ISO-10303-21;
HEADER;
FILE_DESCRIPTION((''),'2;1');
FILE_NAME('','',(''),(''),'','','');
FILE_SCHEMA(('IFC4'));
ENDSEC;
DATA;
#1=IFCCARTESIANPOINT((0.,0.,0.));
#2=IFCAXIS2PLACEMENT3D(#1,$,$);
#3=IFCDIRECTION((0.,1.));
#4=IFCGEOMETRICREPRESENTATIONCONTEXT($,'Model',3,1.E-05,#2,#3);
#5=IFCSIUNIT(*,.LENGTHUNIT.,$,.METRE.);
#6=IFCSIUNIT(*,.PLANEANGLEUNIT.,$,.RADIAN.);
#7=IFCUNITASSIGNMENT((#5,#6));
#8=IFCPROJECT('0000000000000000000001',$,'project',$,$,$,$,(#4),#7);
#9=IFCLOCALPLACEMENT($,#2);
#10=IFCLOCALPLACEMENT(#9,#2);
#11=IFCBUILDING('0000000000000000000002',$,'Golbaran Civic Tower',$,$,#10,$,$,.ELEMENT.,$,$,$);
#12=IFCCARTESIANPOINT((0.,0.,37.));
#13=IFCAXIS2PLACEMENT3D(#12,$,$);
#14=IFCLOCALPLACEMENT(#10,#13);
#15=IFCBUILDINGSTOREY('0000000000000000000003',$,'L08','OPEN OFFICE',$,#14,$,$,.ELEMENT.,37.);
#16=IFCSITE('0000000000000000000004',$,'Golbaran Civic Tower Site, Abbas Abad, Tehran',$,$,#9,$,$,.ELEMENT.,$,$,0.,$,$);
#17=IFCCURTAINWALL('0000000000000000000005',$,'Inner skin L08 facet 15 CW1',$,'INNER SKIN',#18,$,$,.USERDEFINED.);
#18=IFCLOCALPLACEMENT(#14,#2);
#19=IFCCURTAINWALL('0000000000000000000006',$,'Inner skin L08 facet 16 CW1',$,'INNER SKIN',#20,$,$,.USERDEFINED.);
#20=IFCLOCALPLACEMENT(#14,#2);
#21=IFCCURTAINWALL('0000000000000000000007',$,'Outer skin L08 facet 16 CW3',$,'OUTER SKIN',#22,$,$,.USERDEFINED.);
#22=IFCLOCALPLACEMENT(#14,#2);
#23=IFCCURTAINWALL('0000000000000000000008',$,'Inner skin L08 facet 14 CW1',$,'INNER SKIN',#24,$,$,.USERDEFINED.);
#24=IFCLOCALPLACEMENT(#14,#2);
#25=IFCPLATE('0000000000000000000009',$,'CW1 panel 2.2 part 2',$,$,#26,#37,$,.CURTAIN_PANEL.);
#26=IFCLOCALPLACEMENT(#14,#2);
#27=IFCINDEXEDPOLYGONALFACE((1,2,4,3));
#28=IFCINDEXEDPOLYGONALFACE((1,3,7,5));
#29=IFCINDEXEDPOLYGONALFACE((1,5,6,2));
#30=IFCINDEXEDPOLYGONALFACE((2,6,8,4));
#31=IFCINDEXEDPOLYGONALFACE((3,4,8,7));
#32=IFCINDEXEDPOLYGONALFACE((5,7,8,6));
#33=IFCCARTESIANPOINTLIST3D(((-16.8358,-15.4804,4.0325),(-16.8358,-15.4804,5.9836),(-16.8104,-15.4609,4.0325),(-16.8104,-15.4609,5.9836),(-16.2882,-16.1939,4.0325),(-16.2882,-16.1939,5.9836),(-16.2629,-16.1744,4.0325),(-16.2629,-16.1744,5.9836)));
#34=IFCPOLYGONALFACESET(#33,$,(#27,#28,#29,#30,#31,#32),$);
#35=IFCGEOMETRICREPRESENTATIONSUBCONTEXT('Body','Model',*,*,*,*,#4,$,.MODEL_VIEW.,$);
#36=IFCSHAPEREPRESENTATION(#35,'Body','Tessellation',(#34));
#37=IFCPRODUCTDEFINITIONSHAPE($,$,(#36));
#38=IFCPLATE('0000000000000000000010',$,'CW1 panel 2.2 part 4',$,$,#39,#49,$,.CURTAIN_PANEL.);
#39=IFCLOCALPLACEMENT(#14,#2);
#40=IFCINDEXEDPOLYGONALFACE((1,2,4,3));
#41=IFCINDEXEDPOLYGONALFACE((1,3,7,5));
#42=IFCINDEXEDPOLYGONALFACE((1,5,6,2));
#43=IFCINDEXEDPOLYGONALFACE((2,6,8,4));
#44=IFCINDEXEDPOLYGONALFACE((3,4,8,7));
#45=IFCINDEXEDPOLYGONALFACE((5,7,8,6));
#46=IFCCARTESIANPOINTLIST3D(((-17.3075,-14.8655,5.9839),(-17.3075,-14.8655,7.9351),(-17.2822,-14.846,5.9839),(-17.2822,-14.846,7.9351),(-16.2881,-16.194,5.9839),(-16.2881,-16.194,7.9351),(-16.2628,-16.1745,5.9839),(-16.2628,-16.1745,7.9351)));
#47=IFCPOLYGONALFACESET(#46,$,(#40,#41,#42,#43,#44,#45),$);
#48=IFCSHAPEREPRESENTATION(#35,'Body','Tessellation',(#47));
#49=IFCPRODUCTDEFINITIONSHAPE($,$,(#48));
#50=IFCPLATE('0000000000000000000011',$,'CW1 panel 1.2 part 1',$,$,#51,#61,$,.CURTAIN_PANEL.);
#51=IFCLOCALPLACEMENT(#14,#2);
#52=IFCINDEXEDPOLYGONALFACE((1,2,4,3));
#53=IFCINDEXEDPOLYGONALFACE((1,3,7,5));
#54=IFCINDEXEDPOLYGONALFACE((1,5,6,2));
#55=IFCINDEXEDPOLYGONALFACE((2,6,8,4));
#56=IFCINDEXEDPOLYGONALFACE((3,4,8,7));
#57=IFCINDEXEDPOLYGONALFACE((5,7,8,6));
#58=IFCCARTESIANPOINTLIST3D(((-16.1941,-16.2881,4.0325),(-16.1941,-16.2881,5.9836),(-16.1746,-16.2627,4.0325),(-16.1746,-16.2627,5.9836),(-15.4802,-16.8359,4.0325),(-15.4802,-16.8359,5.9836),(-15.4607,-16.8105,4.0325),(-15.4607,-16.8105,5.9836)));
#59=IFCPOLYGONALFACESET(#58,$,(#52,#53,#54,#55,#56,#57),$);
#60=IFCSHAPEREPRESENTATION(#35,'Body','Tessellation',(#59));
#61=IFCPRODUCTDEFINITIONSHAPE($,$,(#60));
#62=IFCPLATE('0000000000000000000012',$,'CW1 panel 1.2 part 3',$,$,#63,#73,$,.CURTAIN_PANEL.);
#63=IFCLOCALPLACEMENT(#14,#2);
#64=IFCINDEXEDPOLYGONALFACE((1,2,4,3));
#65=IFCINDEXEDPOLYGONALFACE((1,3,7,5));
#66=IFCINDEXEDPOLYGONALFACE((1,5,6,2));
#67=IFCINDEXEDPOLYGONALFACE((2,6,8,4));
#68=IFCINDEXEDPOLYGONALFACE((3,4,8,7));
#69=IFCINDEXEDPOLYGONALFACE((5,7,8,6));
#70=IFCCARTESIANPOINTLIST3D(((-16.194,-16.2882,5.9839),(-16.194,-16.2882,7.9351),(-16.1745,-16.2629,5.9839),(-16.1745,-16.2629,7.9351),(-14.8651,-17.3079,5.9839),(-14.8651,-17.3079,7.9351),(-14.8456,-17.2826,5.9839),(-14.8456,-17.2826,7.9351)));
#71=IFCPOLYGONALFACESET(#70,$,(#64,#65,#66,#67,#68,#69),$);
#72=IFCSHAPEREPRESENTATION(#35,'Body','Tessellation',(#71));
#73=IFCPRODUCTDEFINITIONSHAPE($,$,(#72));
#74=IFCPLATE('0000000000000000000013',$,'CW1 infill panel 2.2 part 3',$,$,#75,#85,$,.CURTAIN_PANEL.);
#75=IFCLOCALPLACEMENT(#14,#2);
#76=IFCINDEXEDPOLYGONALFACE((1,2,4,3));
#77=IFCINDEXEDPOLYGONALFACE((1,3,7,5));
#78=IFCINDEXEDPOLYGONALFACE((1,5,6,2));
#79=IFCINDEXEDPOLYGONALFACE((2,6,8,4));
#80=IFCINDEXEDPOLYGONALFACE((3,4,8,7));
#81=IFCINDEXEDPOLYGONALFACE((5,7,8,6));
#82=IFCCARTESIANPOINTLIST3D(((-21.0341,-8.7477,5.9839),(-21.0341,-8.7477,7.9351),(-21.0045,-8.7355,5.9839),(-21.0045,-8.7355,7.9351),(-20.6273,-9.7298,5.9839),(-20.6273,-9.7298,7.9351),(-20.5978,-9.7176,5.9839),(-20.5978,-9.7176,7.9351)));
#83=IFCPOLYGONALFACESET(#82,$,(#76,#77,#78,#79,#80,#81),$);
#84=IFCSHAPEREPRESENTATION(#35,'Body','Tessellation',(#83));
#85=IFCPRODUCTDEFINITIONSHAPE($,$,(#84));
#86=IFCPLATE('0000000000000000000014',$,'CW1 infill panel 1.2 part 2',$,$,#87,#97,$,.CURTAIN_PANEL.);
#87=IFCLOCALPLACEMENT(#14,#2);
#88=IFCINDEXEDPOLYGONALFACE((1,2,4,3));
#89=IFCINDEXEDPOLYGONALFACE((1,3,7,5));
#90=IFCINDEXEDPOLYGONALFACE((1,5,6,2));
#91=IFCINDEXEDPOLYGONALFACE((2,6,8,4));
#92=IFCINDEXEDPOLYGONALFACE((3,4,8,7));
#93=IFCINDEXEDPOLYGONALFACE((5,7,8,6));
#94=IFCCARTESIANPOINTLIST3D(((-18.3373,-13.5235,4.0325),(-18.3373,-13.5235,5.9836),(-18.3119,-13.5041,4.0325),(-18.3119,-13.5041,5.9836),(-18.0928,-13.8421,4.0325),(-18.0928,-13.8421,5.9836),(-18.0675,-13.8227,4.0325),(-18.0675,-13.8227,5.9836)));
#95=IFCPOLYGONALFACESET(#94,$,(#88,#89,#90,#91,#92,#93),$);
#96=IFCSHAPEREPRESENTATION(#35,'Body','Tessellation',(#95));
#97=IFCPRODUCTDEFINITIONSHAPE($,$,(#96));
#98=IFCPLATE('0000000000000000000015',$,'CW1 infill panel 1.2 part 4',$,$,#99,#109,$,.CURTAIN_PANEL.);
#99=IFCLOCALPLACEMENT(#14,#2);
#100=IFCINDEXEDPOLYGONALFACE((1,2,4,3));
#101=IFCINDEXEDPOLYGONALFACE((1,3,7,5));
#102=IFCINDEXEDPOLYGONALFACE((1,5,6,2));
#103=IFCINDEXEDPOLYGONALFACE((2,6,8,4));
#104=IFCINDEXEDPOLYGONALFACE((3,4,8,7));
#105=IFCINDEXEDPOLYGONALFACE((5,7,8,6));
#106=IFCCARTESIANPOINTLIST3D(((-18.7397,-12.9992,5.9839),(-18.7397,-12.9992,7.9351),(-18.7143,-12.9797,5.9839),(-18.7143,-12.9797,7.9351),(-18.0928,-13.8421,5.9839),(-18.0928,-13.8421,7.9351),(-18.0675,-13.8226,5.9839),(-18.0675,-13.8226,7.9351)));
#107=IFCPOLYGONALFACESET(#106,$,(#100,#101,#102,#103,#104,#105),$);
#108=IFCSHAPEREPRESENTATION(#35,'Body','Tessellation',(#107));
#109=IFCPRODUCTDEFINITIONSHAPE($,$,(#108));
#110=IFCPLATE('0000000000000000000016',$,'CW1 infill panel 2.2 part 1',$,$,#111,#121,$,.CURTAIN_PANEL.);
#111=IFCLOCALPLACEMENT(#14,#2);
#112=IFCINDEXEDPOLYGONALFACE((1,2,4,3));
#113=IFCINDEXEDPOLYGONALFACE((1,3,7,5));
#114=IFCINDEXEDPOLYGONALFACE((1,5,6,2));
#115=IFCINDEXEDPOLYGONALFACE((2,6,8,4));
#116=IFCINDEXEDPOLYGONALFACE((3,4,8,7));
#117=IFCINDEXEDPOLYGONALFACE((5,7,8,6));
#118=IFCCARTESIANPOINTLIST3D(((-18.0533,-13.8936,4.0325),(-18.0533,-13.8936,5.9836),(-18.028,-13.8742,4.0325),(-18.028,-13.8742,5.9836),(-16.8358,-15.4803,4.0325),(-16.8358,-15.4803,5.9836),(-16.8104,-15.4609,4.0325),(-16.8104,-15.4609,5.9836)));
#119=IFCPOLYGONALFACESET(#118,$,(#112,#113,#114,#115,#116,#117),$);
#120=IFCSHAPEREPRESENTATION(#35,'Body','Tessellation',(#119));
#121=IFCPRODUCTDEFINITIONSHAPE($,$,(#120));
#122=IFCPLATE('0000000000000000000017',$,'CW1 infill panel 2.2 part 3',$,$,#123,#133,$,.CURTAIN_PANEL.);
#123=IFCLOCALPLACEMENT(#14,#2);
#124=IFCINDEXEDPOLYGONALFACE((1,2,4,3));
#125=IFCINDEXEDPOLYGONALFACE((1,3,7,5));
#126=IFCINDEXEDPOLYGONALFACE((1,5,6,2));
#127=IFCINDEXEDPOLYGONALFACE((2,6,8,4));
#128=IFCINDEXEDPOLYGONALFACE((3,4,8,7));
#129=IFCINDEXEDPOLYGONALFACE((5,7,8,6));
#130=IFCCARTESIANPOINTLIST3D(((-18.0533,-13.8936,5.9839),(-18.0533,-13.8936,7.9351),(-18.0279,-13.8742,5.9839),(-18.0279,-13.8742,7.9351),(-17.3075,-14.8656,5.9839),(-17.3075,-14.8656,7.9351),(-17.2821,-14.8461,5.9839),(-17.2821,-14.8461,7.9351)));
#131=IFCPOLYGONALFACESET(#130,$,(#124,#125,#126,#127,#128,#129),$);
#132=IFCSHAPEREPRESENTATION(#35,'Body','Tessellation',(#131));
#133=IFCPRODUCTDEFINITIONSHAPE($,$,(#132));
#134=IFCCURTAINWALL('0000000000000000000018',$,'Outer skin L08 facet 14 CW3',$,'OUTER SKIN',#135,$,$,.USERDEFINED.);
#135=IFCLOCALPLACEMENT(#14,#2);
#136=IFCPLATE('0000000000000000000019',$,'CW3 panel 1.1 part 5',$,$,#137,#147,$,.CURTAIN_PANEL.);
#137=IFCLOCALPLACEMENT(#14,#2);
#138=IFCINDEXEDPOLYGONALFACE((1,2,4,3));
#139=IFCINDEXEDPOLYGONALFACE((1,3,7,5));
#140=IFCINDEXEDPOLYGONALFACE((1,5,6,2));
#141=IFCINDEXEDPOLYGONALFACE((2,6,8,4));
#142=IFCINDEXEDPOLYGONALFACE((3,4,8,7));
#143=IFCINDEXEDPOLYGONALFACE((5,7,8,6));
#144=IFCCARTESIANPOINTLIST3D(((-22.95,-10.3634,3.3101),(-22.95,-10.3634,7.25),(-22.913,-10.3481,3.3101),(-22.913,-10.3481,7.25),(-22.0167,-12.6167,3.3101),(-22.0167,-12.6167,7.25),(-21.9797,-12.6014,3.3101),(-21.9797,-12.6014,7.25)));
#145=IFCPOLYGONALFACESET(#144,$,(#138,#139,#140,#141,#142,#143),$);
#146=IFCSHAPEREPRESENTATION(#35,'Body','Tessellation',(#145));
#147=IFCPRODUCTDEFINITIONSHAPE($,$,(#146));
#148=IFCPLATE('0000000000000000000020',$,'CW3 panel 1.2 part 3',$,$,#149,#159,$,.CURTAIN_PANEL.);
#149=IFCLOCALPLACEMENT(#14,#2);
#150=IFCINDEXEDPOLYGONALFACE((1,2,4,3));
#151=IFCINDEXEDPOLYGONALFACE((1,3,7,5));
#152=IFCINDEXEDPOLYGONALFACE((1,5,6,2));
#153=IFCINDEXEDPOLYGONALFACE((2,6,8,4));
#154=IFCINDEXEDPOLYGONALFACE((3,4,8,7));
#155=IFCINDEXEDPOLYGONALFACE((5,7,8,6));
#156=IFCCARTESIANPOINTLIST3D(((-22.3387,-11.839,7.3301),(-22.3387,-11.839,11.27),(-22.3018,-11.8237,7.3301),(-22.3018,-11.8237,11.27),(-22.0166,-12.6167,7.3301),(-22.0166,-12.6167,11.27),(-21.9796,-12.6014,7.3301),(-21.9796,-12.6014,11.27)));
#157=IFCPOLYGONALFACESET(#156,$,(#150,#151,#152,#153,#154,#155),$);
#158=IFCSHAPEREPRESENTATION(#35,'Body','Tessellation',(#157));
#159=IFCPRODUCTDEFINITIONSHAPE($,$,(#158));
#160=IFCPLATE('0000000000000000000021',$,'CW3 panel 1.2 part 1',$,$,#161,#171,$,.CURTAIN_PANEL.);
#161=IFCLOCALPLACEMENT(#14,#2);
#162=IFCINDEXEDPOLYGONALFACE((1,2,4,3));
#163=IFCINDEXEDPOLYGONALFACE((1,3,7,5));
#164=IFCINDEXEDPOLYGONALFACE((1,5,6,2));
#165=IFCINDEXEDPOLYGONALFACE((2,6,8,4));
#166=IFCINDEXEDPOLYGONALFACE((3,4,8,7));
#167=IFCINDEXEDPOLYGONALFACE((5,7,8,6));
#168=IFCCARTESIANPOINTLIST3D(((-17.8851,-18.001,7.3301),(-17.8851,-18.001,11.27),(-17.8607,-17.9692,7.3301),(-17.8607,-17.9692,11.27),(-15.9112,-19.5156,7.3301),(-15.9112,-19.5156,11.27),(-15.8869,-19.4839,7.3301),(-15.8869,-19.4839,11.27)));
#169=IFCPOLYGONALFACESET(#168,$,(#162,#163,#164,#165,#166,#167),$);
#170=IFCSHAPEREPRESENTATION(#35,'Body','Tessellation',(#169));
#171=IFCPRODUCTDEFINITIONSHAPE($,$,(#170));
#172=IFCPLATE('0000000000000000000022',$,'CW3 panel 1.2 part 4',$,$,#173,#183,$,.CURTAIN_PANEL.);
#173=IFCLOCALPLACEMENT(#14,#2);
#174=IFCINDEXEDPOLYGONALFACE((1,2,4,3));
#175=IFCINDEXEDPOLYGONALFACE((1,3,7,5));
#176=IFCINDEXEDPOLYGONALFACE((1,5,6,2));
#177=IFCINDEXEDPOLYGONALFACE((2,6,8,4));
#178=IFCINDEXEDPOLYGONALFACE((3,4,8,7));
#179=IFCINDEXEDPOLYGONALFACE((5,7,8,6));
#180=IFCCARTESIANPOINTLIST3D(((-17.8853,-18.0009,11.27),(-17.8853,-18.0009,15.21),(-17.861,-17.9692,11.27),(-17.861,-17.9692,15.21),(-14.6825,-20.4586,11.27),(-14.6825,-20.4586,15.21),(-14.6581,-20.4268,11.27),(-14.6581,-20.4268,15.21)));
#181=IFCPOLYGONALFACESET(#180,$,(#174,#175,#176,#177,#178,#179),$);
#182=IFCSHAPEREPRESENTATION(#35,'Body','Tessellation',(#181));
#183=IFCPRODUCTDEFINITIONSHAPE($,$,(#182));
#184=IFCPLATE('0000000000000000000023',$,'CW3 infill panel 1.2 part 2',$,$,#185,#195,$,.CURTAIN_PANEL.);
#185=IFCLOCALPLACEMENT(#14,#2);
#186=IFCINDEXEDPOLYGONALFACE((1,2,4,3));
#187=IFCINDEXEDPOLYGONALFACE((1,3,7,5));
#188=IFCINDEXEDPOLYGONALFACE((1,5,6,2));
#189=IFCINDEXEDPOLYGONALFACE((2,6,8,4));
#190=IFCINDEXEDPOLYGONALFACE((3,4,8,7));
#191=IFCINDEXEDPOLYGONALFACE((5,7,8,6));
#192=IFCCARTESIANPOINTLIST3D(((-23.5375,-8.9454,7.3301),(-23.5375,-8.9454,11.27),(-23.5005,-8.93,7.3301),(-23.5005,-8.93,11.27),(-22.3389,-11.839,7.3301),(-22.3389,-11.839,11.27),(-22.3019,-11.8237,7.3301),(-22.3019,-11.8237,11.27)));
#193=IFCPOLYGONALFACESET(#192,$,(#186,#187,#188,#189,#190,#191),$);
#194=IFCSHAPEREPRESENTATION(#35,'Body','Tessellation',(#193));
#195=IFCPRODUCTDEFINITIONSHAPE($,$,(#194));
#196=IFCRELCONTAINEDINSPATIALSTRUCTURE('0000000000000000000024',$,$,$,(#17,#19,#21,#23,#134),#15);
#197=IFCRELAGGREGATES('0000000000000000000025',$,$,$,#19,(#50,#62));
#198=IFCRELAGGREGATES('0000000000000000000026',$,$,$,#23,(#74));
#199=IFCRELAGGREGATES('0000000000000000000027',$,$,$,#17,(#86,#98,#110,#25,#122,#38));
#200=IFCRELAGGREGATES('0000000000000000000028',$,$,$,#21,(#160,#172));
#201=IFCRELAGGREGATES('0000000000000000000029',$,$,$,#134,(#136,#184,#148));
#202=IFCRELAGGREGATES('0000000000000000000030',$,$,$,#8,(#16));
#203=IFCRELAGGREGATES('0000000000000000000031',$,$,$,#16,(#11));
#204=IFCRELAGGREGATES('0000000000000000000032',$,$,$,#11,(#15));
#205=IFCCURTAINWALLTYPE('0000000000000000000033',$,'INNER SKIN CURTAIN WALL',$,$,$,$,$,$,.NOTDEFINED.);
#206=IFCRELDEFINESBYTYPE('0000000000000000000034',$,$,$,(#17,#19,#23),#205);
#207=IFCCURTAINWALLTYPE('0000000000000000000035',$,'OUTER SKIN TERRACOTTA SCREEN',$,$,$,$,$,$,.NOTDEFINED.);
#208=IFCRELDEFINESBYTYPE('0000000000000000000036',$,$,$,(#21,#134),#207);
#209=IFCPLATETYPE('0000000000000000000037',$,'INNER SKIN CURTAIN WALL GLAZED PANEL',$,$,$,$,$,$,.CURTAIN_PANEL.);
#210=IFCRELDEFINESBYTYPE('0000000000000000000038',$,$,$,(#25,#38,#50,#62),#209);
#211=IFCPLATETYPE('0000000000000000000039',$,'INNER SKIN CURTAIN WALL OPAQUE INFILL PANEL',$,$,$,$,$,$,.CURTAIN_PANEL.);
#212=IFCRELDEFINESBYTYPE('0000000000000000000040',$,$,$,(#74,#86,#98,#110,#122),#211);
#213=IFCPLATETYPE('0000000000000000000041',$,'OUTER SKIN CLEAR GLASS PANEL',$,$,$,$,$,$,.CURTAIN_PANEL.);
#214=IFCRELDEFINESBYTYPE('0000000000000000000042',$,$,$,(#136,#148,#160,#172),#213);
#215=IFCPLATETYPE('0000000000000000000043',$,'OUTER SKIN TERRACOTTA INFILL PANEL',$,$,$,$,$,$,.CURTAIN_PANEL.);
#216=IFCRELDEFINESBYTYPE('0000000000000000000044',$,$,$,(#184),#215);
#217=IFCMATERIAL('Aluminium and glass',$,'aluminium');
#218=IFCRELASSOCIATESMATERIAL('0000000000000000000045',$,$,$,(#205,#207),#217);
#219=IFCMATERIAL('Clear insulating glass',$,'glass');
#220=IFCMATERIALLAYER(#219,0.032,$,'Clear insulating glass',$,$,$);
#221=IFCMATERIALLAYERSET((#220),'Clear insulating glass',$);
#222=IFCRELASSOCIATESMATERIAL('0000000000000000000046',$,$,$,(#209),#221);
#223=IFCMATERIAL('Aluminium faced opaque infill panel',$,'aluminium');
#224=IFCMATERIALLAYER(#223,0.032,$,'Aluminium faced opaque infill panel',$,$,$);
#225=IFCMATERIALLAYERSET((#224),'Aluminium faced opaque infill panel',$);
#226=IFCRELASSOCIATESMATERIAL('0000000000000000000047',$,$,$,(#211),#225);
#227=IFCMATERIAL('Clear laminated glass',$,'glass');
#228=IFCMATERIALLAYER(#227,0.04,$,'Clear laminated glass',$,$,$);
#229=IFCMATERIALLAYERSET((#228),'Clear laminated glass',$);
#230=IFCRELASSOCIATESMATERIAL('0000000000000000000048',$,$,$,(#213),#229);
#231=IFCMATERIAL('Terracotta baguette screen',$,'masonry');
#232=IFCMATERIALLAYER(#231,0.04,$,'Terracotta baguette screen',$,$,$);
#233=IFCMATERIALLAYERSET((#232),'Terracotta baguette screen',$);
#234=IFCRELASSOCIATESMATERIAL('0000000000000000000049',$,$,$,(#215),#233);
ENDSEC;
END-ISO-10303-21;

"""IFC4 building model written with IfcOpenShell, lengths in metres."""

from ifc_helpers import new_model, si_unit, direction, frame, origin, origin_2d, place, context, subcontext, project, spatial, rectangle, extrude, material, layer, layer_set, type_object, element, aggregate, save


model = new_model("IFC4")

# Units and contexts
model_context = context("Model", 3, precision=1e-05, world=origin(), true_north=direction((0.0, 1.0)))
body_context = subcontext(model_context, "Body", "Model", "MODEL_VIEW")
ifc_project = project(units=[si_unit("LENGTHUNIT", "METRE"), si_unit("PLANEANGLEUNIT", "RADIAN")], contexts=[model_context])

# Site, building, storey
site_placement = place(None, origin())
site = spatial("IfcSite", under=ifc_project, at=site_placement, Name="Golbaran Civic Tower Site, Abbas Abad, Tehran", CompositionType="ELEMENT", RefElevation=0.0)
building_placement = place(site_placement, origin())
building = spatial("IfcBuilding", under=site, at=building_placement, Name="Golbaran Civic Tower", CompositionType="ELEMENT")
storey_placement = place(building_placement, frame((0.0, 0.0, 37.0)))
storey = spatial("IfcBuildingStorey", under=building, at=storey_placement, Name="L08", Description="OPEN OFFICE", CompositionType="ELEMENT", Elevation=37.0)

# Curtain walls
ifc_material_1 = material(Name="Aluminium and glass", Category="aluminium")
curtain_wall_type_1 = type_object("IfcCurtainWallType", Name="INNER SKIN CURTAIN WALL", PredefinedType="NOTDEFINED", material=ifc_material_1)
curtain_wall_1_placement = place(storey_placement, origin())
curtain_wall_1 = element("IfcCurtainWall", 1, at=curtain_wall_1_placement, inside=storey, type_object=curtain_wall_type_1, Name="Inner skin L08 facet 15 CW1", ObjectType="INNER SKIN", PredefinedType="USERDEFINED")
curtain_wall_2_placement = place(storey_placement, origin())
curtain_wall_2 = element("IfcCurtainWall", 2, at=curtain_wall_2_placement, inside=storey, type_object=curtain_wall_type_1, Name="Inner skin L08 facet 16 CW1", ObjectType="INNER SKIN", PredefinedType="USERDEFINED")
curtain_wall_type_2 = type_object("IfcCurtainWallType", Name="OUTER SKIN TERRACOTTA SCREEN", PredefinedType="NOTDEFINED", material=ifc_material_1)
curtain_wall_3_placement = place(storey_placement, origin())
curtain_wall_3 = element("IfcCurtainWall", 3, at=curtain_wall_3_placement, inside=storey, type_object=curtain_wall_type_2, Name="Outer skin L08 facet 16 CW3", ObjectType="OUTER SKIN", PredefinedType="USERDEFINED")

# Curtain wall
curtain_wall_4_placement = place(storey_placement, origin())
curtain_wall_4 = element("IfcCurtainWall", 4, at=curtain_wall_4_placement, inside=storey, type_object=curtain_wall_type_1, Name="Inner skin L08 facet 14 CW1", ObjectType="INNER SKIN", PredefinedType="USERDEFINED")
ifc_material_2 = material(Name="Clear insulating glass", Category="glass")
ifc_layer_1 = layer(ifc_material_2, 0.032, Name="Clear insulating glass")
ifc_layer_set_1 = layer_set([ifc_layer_1], Name="Clear insulating glass")
plate_type_1 = type_object("IfcPlateType", Name="INNER SKIN CURTAIN WALL GLAZED PANEL", PredefinedType="CURTAIN_PANEL", material=ifc_layer_set_1)

# Plates
plate_1_placement = place(storey_placement, frame((-16.5493, -15.8274, 4.0325), z_axis=(0.0, 0.0, 1.0), x_axis=(0.608761, -0.793353, 0.0)))
plate_1 = element("IfcPlate", 5, at=plate_1_placement, type_object=plate_type_1, Name="CW1 panel 2.2 part 2", PredefinedType="CURTAIN_PANEL", context=body_context, shape_type="SweptSolid", body=[
    extrude(rectangle(XDim=0.8994, YDim=0.032, at=origin_2d()), origin(), (0.0, 0.0, 1.0), 1.9512),
])
plate_2_placement = place(storey_placement, frame((-16.7852, -15.52, 5.9839), z_axis=(0.0, 0.0, 1.0), x_axis=(0.608761, -0.793353, 0.0)))
plate_2 = element("IfcPlate", 6, at=plate_2_placement, type_object=plate_type_1, Name="CW1 panel 2.2 part 4", PredefinedType="CURTAIN_PANEL", context=body_context, shape_type="SweptSolid", body=[
    extrude(rectangle(XDim=1.6746, YDim=0.032, at=origin_2d()), origin(), (0.0, 0.0, 1.0), 1.9512),
])
plate_3_placement = place(storey_placement, frame((-15.8274, -16.5493, 4.0325), z_axis=(0.0, 0.0, 1.0), x_axis=(0.793353, -0.608761, 0.0)))
plate_3 = element("IfcPlate", 7, at=plate_3_placement, type_object=plate_type_1, Name="CW1 panel 1.2 part 1", PredefinedType="CURTAIN_PANEL", context=body_context, shape_type="SweptSolid", body=[
    extrude(rectangle(XDim=0.8999, YDim=0.032, at=origin_2d()), origin(), (0.0, 0.0, 1.0), 1.9512),
])
plate_4_placement = place(storey_placement, frame((-15.5198, -16.7854, 5.9839), z_axis=(0.0, 0.0, 1.0), x_axis=(0.793353, -0.608761, 0.0)))
plate_4 = element("IfcPlate", 8, at=plate_4_placement, type_object=plate_type_1, Name="CW1 panel 1.2 part 3", PredefinedType="CURTAIN_PANEL", context=body_context, shape_type="SweptSolid", body=[
    extrude(rectangle(XDim=1.675, YDim=0.032, at=origin_2d()), origin(), (0.0, 0.0, 1.0), 1.9512),
])
aggregate(curtain_wall_2, [plate_3, plate_4])
ifc_material_3 = material(Name="Aluminium faced opaque infill panel", Category="aluminium")
ifc_layer_2 = layer(ifc_material_3, 0.032, Name="Aluminium faced opaque infill panel")
ifc_layer_set_2 = layer_set([ifc_layer_2], Name="Aluminium faced opaque infill panel")
plate_type_2 = type_object("IfcPlateType", Name="INNER SKIN CURTAIN WALL OPAQUE INFILL PANEL", PredefinedType="CURTAIN_PANEL", material=ifc_layer_set_2)
plate_5_placement = place(storey_placement, frame((-20.8159, -9.2327, 5.9839), z_axis=(0.0, 0.0, 1.0), x_axis=(0.382683, -0.92388, 0.0)))
plate_5 = element("IfcPlate", 9, at=plate_5_placement, type_object=plate_type_2, Name="CW1 infill panel 2.2 part 3", PredefinedType="CURTAIN_PANEL", context=body_context, shape_type="SweptSolid", body=[
    extrude(rectangle(XDim=1.063, YDim=0.032, at=origin_2d()), origin(), (0.0, 0.0, 1.0), 1.9512),
])
aggregate(curtain_wall_4, [plate_5])
plate_6_placement = place(storey_placement, frame((-18.2024, -13.6731, 4.0325), z_axis=(0.0, 0.0, 1.0), x_axis=(0.608761, -0.793353, 0.0)))
plate_6 = element("IfcPlate", 10, at=plate_6_placement, type_object=plate_type_2, Name="CW1 infill panel 1.2 part 2", PredefinedType="CURTAIN_PANEL", context=body_context, shape_type="SweptSolid", body=[
    extrude(rectangle(XDim=0.4016, YDim=0.032, at=origin_2d()), origin(), (0.0, 0.0, 1.0), 1.9512),
])
plate_7_placement = place(storey_placement, frame((-18.4036, -13.4109, 5.9839), z_axis=(0.0, 0.0, 1.0), x_axis=(0.608761, -0.793353, 0.0)))
plate_7 = element("IfcPlate", 11, at=plate_7_placement, type_object=plate_type_2, Name="CW1 infill panel 1.2 part 4", PredefinedType="CURTAIN_PANEL", context=body_context, shape_type="SweptSolid", body=[
    extrude(rectangle(XDim=1.0625, YDim=0.032, at=origin_2d()), origin(), (0.0, 0.0, 1.0), 1.9512),
])
plate_8_placement = place(storey_placement, frame((-17.4319, -14.6772, 4.0325), z_axis=(0.0, 0.0, 1.0), x_axis=(0.608761, -0.793353, 0.0)))
plate_8 = element("IfcPlate", 12, at=plate_8_placement, type_object=plate_type_2, Name="CW1 infill panel 2.2 part 1", PredefinedType="CURTAIN_PANEL", context=body_context, shape_type="SweptSolid", body=[
    extrude(rectangle(XDim=2.0, YDim=0.032, at=origin_2d()), origin(), (0.0, 0.0, 1.0), 1.9512),
])
plate_9_placement = place(storey_placement, frame((-17.6677, -14.3699, 5.9839), z_axis=(0.0, 0.0, 1.0), x_axis=(0.608761, -0.793353, 0.0)))
plate_9 = element("IfcPlate", 13, at=plate_9_placement, type_object=plate_type_2, Name="CW1 infill panel 2.2 part 3", PredefinedType="CURTAIN_PANEL", context=body_context, shape_type="SweptSolid", body=[
    extrude(rectangle(XDim=1.2251, YDim=0.032, at=origin_2d()), origin(), (0.0, 0.0, 1.0), 1.9512),
])
aggregate(curtain_wall_1, [plate_6, plate_7, plate_8, plate_1, plate_9, plate_2])

# Curtain wall, plates
curtain_wall_5_placement = place(storey_placement, origin())
curtain_wall_5 = element("IfcCurtainWall", 14, at=curtain_wall_5_placement, inside=storey, type_object=curtain_wall_type_2, Name="Outer skin L08 facet 14 CW3", ObjectType="OUTER SKIN", PredefinedType="USERDEFINED")
ifc_material_4 = material(Name="Clear laminated glass", Category="glass")
ifc_layer_3 = layer(ifc_material_4, 0.04, Name="Clear laminated glass")
ifc_layer_set_3 = layer_set([ifc_layer_3], Name="Clear laminated glass")
plate_type_3 = type_object("IfcPlateType", Name="OUTER SKIN CLEAR GLASS PANEL", PredefinedType="CURTAIN_PANEL", material=ifc_layer_set_3)
plate_10_placement = place(storey_placement, frame((-22.4648, -11.4824, 3.3101), z_axis=(0.0, 0.0, 1.0), x_axis=(0.382683, -0.92388, 0.0)))
plate_10 = element("IfcPlate", 15, at=plate_10_placement, type_object=plate_type_3, Name="CW3 panel 1.1 part 5", PredefinedType="CURTAIN_PANEL", context=body_context, shape_type="SweptSolid", body=[
    extrude(rectangle(XDim=2.439, YDim=0.04, at=origin_2d()), origin(), (0.0, 0.0, 1.0), 3.9399),
])
plate_11_placement = place(storey_placement, frame((-22.1592, -12.2202, 7.3301), z_axis=(0.0, 0.0, 1.0), x_axis=(0.382683, -0.92388, 0.0)))
plate_11 = element("IfcPlate", 16, at=plate_11_placement, type_object=plate_type_3, Name="CW3 panel 1.2 part 3", PredefinedType="CURTAIN_PANEL", context=body_context, shape_type="SweptSolid", body=[
    extrude(rectangle(XDim=0.8418, YDim=0.04, at=origin_2d()), origin(), (0.0, 0.0, 1.0), 3.9399),
])

# Plates
plate_12_placement = place(storey_placement, frame((-16.886, -18.7424, 7.3301), z_axis=(0.0, 0.0, 1.0), x_axis=(0.793353, -0.608761, 0.0)))
plate_12 = element("IfcPlate", 17, at=plate_12_placement, type_object=plate_type_3, Name="CW3 panel 1.2 part 1", PredefinedType="CURTAIN_PANEL", context=body_context, shape_type="SweptSolid", body=[
    extrude(rectangle(XDim=2.488, YDim=0.04, at=origin_2d()), origin(), (0.0, 0.0, 1.0), 3.9399),
])
plate_13_placement = place(storey_placement, frame((-16.2717, -19.2139, 11.27), z_axis=(0.0, 0.0, 1.0), x_axis=(0.793353, -0.608761, 0.0)))
plate_13 = element("IfcPlate", 18, at=plate_13_placement, type_object=plate_type_3, Name="CW3 panel 1.2 part 4", PredefinedType="CURTAIN_PANEL", context=body_context, shape_type="SweptSolid", body=[
    extrude(rectangle(XDim=4.0371, YDim=0.04, at=origin_2d()), origin(), (0.0, 0.0, 1.0), 3.9399),
])
aggregate(curtain_wall_3, [plate_12, plate_13])
ifc_material_5 = material(Name="Terracotta baguette screen", Category="masonry")
ifc_layer_4 = layer(ifc_material_5, 0.04, Name="Terracotta baguette screen")
ifc_layer_set_4 = layer_set([ifc_layer_4], Name="Terracotta baguette screen")
plate_type_4 = type_object("IfcPlateType", Name="OUTER SKIN TERRACOTTA INFILL PANEL", PredefinedType="CURTAIN_PANEL", material=ifc_layer_set_4)
plate_14_placement = place(storey_placement, frame((-22.9197, -10.3845, 7.3301), z_axis=(0.0, 0.0, 1.0), x_axis=(0.382683, -0.92388, 0.0)))
plate_14 = element("IfcPlate", 19, at=plate_14_placement, type_object=plate_type_4, Name="CW3 infill panel 1.2 part 2", PredefinedType="CURTAIN_PANEL", context=body_context, shape_type="SweptSolid", body=[
    extrude(rectangle(XDim=3.1321, YDim=0.04, at=origin_2d()), origin(), (0.0, 0.0, 1.0), 3.9399),
])
aggregate(curtain_wall_5, [plate_10, plate_14, plate_11])

save(model, "model.ifc")
